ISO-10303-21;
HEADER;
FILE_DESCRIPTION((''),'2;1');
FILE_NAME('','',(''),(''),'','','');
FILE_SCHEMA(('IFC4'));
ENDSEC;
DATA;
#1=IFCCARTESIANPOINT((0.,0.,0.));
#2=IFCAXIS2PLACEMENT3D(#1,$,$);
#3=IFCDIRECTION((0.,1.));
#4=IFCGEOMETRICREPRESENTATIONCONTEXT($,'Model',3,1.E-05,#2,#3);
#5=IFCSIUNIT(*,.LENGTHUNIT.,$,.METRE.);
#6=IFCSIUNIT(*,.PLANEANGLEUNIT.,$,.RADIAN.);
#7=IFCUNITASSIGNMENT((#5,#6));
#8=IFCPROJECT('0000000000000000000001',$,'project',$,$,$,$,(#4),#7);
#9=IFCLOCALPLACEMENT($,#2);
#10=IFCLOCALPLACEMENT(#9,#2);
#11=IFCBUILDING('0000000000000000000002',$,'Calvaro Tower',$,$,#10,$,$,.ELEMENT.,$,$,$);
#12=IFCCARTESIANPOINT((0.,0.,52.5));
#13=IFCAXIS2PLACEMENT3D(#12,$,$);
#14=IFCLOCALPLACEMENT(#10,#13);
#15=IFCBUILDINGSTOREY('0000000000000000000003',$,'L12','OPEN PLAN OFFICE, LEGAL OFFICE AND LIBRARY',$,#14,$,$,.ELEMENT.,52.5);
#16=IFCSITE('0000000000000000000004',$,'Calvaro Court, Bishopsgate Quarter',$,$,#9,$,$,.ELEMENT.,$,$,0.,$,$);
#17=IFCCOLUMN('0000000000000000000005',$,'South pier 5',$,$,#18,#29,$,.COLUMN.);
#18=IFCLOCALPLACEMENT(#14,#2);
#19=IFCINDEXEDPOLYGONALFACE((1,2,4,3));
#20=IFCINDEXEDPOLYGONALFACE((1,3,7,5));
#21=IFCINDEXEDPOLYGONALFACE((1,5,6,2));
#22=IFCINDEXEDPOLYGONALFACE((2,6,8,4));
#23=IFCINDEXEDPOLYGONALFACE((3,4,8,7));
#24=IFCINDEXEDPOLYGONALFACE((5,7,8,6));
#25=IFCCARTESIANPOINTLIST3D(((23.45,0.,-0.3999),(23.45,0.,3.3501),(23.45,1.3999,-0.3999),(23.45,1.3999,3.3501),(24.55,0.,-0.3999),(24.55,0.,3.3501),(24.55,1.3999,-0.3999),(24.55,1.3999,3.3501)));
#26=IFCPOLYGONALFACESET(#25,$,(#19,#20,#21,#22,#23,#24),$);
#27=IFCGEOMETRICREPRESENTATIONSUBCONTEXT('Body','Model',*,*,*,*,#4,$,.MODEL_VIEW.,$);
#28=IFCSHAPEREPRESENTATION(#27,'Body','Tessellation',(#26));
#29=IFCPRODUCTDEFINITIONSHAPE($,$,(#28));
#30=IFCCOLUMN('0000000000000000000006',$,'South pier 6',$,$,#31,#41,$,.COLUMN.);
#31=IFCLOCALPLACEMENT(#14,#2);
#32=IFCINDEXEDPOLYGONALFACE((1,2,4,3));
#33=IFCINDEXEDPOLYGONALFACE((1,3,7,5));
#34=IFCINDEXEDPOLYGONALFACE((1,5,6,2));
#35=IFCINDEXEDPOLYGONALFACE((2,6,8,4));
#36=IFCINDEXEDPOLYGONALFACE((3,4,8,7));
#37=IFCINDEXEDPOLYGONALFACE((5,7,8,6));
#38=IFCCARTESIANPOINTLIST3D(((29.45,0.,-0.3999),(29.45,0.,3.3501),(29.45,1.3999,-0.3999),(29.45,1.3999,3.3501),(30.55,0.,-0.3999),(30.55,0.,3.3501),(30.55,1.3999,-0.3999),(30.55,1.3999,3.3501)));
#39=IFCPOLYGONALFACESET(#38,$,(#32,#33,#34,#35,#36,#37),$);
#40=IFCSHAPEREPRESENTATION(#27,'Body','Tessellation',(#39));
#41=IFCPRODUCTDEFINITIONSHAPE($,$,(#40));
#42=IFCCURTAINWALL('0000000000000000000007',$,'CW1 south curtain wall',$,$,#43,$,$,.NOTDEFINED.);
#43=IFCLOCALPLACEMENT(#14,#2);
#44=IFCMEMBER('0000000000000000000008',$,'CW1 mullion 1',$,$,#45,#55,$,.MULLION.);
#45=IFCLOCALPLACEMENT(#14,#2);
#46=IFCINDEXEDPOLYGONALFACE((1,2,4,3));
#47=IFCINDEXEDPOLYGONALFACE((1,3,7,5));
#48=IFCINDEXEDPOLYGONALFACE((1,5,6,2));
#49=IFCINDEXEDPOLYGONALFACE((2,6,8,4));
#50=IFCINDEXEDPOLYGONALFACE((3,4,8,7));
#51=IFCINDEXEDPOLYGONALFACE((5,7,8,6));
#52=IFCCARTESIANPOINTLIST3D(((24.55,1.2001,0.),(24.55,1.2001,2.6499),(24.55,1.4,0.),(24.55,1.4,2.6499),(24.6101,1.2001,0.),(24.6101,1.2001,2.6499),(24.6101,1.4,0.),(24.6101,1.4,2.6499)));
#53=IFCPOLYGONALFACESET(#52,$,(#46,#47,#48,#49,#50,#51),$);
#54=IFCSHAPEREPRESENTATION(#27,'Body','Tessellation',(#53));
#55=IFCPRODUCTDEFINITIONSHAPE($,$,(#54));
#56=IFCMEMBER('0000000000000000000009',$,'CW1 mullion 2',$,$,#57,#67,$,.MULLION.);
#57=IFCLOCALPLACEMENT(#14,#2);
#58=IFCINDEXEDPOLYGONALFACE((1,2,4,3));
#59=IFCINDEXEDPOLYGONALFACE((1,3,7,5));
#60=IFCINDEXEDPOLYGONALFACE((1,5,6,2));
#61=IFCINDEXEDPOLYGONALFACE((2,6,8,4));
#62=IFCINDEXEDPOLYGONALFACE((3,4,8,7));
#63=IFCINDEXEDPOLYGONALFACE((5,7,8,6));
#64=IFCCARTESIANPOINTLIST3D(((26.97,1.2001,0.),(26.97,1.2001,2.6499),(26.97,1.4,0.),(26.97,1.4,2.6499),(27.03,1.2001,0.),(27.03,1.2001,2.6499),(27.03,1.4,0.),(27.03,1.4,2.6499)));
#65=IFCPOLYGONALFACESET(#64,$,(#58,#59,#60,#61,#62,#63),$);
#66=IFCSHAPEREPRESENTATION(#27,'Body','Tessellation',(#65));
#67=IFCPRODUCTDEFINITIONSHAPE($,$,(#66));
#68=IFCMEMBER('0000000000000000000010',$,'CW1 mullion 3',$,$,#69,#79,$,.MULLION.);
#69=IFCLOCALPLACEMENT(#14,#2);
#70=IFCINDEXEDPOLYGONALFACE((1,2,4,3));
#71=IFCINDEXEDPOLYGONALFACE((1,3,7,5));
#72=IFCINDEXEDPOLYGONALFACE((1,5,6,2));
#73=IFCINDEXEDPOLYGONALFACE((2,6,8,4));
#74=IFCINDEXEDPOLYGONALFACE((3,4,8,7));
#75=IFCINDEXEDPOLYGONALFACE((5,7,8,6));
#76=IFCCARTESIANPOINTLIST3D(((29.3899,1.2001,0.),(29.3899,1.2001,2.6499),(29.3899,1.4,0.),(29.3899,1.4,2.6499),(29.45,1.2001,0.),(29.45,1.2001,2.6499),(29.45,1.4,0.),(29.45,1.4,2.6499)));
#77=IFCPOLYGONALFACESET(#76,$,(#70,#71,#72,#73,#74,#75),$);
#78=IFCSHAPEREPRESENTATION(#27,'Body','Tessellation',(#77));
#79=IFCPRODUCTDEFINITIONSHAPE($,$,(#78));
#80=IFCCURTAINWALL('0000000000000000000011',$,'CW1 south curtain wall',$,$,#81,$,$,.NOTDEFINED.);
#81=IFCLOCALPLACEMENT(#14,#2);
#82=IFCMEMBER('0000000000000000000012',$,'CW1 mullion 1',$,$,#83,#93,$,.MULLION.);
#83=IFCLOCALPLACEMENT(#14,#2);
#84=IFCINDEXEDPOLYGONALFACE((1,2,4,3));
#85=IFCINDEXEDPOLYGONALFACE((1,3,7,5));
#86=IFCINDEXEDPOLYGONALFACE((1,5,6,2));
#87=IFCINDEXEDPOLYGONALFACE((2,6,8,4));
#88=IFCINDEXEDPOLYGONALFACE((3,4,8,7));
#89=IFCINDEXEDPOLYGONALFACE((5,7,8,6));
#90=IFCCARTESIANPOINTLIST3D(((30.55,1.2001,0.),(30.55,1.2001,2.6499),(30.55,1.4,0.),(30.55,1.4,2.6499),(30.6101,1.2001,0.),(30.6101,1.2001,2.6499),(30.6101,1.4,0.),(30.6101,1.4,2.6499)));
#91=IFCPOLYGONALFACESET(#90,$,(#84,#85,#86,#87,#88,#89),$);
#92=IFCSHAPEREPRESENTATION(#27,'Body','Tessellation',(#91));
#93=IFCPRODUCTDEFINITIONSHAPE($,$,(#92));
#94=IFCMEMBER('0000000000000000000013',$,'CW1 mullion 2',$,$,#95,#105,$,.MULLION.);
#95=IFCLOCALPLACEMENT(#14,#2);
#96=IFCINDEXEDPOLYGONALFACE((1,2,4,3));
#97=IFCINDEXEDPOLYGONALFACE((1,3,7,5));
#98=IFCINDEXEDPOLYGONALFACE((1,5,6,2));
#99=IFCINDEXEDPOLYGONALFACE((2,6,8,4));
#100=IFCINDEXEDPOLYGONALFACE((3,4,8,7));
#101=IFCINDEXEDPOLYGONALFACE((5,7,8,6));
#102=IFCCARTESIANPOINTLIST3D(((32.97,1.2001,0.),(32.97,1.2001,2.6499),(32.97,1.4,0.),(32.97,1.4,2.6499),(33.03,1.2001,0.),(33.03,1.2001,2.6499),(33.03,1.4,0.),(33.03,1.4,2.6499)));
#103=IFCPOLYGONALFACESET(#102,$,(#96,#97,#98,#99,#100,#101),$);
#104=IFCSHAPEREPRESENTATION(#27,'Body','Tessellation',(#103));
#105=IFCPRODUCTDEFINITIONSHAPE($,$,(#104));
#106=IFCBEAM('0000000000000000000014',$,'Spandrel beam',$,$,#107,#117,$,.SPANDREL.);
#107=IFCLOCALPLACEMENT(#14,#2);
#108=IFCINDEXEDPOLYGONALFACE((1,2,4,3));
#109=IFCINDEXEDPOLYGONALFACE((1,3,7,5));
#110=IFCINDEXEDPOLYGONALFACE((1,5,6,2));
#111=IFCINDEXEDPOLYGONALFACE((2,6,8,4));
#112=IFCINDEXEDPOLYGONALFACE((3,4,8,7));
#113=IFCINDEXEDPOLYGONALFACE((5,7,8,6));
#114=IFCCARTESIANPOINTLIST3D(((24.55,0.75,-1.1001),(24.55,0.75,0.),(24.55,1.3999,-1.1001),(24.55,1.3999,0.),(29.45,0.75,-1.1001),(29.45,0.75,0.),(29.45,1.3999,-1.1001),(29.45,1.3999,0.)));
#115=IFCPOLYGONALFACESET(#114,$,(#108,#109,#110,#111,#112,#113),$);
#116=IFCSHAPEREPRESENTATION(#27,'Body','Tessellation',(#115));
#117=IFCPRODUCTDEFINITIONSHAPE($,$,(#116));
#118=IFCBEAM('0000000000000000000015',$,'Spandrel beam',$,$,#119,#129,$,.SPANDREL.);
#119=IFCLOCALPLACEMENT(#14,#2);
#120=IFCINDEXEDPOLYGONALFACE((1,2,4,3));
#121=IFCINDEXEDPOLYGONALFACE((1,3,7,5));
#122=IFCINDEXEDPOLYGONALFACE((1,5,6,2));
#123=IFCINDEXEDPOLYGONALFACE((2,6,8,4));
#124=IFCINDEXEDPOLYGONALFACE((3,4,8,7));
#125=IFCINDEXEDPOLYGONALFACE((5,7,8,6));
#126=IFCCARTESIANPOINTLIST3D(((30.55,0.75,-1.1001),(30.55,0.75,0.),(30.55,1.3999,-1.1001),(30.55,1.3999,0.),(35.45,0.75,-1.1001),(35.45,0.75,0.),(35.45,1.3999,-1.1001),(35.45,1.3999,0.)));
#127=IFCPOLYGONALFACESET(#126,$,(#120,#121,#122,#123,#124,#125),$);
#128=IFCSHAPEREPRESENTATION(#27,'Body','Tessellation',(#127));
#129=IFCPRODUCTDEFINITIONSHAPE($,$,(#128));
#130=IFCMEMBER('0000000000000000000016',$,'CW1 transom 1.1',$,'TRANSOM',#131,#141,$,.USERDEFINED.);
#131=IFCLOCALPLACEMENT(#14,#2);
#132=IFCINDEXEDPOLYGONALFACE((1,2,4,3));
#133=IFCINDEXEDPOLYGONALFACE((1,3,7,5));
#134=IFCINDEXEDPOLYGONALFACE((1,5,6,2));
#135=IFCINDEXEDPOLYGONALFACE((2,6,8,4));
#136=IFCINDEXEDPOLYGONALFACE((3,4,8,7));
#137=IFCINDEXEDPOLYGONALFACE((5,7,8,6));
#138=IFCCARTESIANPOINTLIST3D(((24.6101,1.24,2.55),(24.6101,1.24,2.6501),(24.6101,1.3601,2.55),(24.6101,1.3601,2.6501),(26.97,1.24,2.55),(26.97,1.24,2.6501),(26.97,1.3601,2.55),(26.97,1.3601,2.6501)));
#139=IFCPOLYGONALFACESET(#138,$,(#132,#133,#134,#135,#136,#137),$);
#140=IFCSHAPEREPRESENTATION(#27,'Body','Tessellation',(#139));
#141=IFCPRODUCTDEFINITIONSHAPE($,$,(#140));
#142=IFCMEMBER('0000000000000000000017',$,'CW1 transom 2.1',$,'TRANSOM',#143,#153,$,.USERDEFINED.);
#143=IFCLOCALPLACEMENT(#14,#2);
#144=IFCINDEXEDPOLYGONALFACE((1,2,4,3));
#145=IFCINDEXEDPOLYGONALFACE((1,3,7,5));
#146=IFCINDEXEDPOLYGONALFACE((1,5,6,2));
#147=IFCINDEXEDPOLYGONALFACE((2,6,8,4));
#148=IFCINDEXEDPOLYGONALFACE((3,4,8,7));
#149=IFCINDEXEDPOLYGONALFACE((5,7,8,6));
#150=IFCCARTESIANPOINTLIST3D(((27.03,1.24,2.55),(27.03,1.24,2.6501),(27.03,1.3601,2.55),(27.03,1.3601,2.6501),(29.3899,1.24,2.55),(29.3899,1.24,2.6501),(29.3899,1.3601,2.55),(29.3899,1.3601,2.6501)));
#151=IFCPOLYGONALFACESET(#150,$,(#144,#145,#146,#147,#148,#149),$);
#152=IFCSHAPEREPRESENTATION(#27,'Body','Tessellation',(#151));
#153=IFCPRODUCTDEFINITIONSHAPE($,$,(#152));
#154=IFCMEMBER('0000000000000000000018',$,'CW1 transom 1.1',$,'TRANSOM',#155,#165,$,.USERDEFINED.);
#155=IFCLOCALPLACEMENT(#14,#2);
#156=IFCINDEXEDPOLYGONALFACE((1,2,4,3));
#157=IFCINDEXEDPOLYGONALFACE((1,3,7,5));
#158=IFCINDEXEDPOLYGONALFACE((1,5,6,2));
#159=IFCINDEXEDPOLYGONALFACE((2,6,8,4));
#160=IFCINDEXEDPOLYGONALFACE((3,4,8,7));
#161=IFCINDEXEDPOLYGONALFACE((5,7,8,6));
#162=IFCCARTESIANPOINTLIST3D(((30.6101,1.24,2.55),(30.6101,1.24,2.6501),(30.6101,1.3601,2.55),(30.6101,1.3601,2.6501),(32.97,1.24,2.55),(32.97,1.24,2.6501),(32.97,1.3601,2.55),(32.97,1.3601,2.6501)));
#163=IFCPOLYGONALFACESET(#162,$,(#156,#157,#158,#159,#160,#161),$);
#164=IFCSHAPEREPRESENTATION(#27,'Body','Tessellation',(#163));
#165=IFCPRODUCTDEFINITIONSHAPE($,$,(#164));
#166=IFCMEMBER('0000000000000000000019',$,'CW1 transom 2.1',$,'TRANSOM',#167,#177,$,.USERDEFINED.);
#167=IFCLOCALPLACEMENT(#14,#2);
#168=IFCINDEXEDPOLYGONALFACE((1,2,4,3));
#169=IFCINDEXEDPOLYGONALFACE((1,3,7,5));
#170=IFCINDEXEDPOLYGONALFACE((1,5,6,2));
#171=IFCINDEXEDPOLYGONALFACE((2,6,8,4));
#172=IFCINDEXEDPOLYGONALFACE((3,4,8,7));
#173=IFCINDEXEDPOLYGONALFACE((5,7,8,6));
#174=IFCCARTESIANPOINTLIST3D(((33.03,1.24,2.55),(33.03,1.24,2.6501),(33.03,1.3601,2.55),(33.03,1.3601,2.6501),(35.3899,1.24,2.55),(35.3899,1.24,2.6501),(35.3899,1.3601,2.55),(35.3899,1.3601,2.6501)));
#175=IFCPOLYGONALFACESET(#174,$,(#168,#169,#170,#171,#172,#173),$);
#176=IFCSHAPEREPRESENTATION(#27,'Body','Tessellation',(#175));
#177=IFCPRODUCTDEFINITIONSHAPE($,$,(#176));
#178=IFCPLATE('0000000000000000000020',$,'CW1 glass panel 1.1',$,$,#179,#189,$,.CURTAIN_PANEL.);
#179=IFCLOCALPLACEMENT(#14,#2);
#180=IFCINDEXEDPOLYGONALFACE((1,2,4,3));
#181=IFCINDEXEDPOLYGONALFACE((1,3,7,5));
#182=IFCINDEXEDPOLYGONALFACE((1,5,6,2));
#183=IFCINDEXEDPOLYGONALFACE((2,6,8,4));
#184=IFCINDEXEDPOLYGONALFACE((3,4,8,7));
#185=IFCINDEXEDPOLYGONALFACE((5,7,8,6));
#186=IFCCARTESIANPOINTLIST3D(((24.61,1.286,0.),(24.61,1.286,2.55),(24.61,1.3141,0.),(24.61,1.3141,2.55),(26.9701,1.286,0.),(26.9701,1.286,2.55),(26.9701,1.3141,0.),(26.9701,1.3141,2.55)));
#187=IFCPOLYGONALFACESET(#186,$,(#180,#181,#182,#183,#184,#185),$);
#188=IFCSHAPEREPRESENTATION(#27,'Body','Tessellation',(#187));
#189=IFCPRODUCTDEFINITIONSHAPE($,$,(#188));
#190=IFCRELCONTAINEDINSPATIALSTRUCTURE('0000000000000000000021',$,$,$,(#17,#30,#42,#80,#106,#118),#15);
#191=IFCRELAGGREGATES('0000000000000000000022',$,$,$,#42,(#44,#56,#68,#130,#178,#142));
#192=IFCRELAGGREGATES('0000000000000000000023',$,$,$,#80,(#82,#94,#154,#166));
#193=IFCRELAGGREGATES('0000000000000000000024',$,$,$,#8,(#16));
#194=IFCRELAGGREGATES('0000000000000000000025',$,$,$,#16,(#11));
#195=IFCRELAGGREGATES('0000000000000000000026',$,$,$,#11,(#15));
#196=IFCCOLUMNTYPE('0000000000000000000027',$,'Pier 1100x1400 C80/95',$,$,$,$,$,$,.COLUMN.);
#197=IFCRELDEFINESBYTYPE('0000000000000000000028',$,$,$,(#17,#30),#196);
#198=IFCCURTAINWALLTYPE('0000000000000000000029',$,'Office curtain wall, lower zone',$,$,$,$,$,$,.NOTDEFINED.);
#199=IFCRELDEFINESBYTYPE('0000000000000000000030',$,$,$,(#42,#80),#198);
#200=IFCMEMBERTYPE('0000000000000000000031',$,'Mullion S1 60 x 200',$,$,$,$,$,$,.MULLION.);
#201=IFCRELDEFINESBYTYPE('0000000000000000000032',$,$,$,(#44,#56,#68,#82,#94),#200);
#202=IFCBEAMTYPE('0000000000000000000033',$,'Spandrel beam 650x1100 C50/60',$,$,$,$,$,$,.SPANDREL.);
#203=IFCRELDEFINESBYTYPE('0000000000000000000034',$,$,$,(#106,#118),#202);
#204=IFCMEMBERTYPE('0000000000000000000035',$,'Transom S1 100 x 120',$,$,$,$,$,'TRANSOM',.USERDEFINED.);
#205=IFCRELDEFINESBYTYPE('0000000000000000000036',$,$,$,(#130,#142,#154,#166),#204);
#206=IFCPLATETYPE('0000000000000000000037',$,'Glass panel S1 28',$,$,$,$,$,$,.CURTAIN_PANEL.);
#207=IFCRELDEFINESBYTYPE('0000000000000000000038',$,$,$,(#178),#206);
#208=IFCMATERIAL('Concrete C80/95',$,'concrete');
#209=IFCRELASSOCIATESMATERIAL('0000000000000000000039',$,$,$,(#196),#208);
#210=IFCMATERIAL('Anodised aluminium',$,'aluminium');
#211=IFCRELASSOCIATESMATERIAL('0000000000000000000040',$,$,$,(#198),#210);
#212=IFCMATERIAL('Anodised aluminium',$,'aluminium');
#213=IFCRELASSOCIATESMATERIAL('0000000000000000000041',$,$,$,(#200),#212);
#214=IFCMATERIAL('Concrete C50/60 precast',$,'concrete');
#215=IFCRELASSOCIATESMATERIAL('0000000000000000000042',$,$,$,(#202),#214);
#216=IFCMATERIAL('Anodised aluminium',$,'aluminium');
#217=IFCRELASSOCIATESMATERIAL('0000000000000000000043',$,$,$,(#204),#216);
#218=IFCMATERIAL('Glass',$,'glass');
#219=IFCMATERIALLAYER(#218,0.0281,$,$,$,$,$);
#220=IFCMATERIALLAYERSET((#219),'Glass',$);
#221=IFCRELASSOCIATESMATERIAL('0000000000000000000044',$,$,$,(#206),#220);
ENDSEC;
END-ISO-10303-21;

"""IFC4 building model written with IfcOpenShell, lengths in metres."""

from ifc_helpers import new_model, si_unit, direction, frame, origin, origin_2d, place, context, subcontext, project, spatial, rectangle, extrude, material, layer, layer_set, material_profile, profile_set, type_object, element, aggregate, save


model = new_model("IFC4")

# Units and contexts
model_context = context("Model", 3, precision=1e-05, world=origin(), true_north=direction((0.0, 1.0)))
body_context = subcontext(model_context, "Body", "Model", "MODEL_VIEW")
ifc_project = project(units=[si_unit("LENGTHUNIT", "METRE"), si_unit("PLANEANGLEUNIT", "RADIAN")], contexts=[model_context])

# Site, building, storey
site_placement = place(None, origin())
site = spatial("IfcSite", under=ifc_project, at=site_placement, Name="Calvaro Court, Bishopsgate Quarter", CompositionType="ELEMENT", RefElevation=0.0)
building_placement = place(site_placement, origin())
building = spatial("IfcBuilding", under=site, at=building_placement, Name="Calvaro Tower", CompositionType="ELEMENT")
storey_placement = place(building_placement, frame((0.0, 0.0, 52.5)))
storey = spatial("IfcBuildingStorey", under=building, at=storey_placement, Name="L12", Description="OPEN PLAN OFFICE, LEGAL OFFICE AND LIBRARY", CompositionType="ELEMENT", Elevation=52.5)

# Columns
ifc_material_1 = material(Name="Concrete C80/95", Category="concrete")
ifc_material_profile_1 = material_profile(ifc_material_1, rectangle(XDim=1.1001, YDim=1.3999, at=origin_2d()), Name="RC 1100x1400")
ifc_profile_set_1 = profile_set([ifc_material_profile_1], Name="Concrete C80/95")
column_type = type_object("IfcColumnType", Name="Pier 1100x1400 C80/95", PredefinedType="COLUMN", material=ifc_profile_set_1)
for number, where, z_axis, x_axis, name in (
    (1, (24.0, 0.7, -0.3999), (0.0, 0.0, 1.0), (1.0, 0.0, 0.0), "South pier 5"),
    (2, (30.0, 0.7, -0.3999), (0.0, 0.0, 1.0), (1.0, 0.0, 0.0), "South pier 6"),
):
    element("IfcColumn", number, at=place(storey_placement, frame(where, z_axis=z_axis, x_axis=x_axis)), inside=storey, type_object=column_type, Name=name, PredefinedType="COLUMN", context=body_context, shape_type="SweptSolid", body=[
        extrude(rectangle(XDim=1.1001, YDim=1.3999, at=origin_2d()), origin(), (0.0, 0.0, 1.0), 3.75),
    ])

# Curtain walls, members
ifc_material_2 = material(Name="Anodised aluminium", Category="aluminium")
curtain_wall_type = type_object("IfcCurtainWallType", Name="Office curtain wall, lower zone", PredefinedType="NOTDEFINED", material=ifc_material_2)
curtain_wall_1_placement = place(storey_placement, origin())
curtain_wall_1 = element("IfcCurtainWall", 3, at=curtain_wall_1_placement, inside=storey, type_object=curtain_wall_type, Name="CW1 south curtain wall", PredefinedType="NOTDEFINED")
ifc_material_3 = material(Name="Anodised aluminium", Category="aluminium")
ifc_material_profile_2 = material_profile(ifc_material_3, rectangle(XDim=0.2, YDim=0.0601, at=origin_2d()), Name="Mullion S1 60 x 200")
ifc_profile_set_2 = profile_set([ifc_material_profile_2], Name="Anodised aluminium")
member_type_1 = type_object("IfcMemberType", Name="Mullion S1 60 x 200", PredefinedType="MULLION", material=ifc_profile_set_2)
member_1_placement = place(storey_placement, frame((24.5801, 1.3, 0.0), z_axis=(0.0, 0.0, 1.0), x_axis=(0.0, 1.0, 0.0)))
member_1 = element("IfcMember", 4, at=member_1_placement, type_object=member_type_1, Name="CW1 mullion 1", PredefinedType="MULLION", context=body_context, shape_type="SweptSolid", body=[
    extrude(rectangle(XDim=0.2, YDim=0.0601, at=origin_2d()), origin(), (0.0, 0.0, 1.0), 2.6499),
])
member_2_placement = place(storey_placement, frame((27.0, 1.3, 0.0), z_axis=(0.0, 0.0, 1.0), x_axis=(0.0, 1.0, 0.0)))
member_2 = element("IfcMember", 5, at=member_2_placement, type_object=member_type_1, Name="CW1 mullion 2", PredefinedType="MULLION", context=body_context, shape_type="SweptSolid", body=[
    extrude(rectangle(XDim=0.2, YDim=0.0601, at=origin_2d()), origin(), (0.0, 0.0, 1.0), 2.6499),
])
member_3_placement = place(storey_placement, frame((29.4199, 1.3, 0.0), z_axis=(0.0, 0.0, 1.0), x_axis=(0.0, 1.0, 0.0)))
member_3 = element("IfcMember", 6, at=member_3_placement, type_object=member_type_1, Name="CW1 mullion 3", PredefinedType="MULLION", context=body_context, shape_type="SweptSolid", body=[
    extrude(rectangle(XDim=0.2, YDim=0.0601, at=origin_2d()), origin(), (0.0, 0.0, 1.0), 2.6499),
])
curtain_wall_2_placement = place(storey_placement, origin())
curtain_wall_2 = element("IfcCurtainWall", 7, at=curtain_wall_2_placement, inside=storey, type_object=curtain_wall_type, Name="CW1 south curtain wall", PredefinedType="NOTDEFINED")
member_4_placement = place(storey_placement, frame((30.5801, 1.3, 0.0), z_axis=(0.0, 0.0, 1.0), x_axis=(0.0, 1.0, 0.0)))
member_4 = element("IfcMember", 8, at=member_4_placement, type_object=member_type_1, Name="CW1 mullion 1", PredefinedType="MULLION", context=body_context, shape_type="SweptSolid", body=[
    extrude(rectangle(XDim=0.2, YDim=0.0601, at=origin_2d()), origin(), (0.0, 0.0, 1.0), 2.6499),
])
member_5_placement = place(storey_placement, frame((33.0, 1.3, 0.0), z_axis=(0.0, 0.0, 1.0), x_axis=(0.0, 1.0, 0.0)))
member_5 = element("IfcMember", 9, at=member_5_placement, type_object=member_type_1, Name="CW1 mullion 2", PredefinedType="MULLION", context=body_context, shape_type="SweptSolid", body=[
    extrude(rectangle(XDim=0.2, YDim=0.0601, at=origin_2d()), origin(), (0.0, 0.0, 1.0), 2.6499),
])

# Beams
ifc_material_4 = material(Name="Concrete C50/60 precast", Category="concrete")
ifc_material_profile_3 = material_profile(ifc_material_4, rectangle(XDim=0.6499, YDim=1.1001, at=origin_2d()), Name="RC 650x1100")
ifc_profile_set_3 = profile_set([ifc_material_profile_3], Name="Concrete C50/60 precast")
beam_type = type_object("IfcBeamType", Name="Spandrel beam 650x1100 C50/60", PredefinedType="SPANDREL", material=ifc_profile_set_3)
for number, where, z_axis, x_axis, name in (
    (10, (24.55, 1.075, -0.55), (1.0, 0.0, 0.0), (0.0, 1.0, 0.0), "Spandrel beam"),
    (11, (30.55, 1.075, -0.55), (1.0, 0.0, 0.0), (0.0, 1.0, 0.0), "Spandrel beam"),
):
    element("IfcBeam", number, at=place(storey_placement, frame(where, z_axis=z_axis, x_axis=x_axis)), inside=storey, type_object=beam_type, Name=name, PredefinedType="SPANDREL", context=body_context, shape_type="SweptSolid", body=[
        extrude(rectangle(XDim=0.6499, YDim=1.1001, at=origin_2d()), origin(), (0.0, 0.0, 1.0), 4.8999),
    ])

# Members
ifc_material_5 = material(Name="Anodised aluminium", Category="aluminium")
ifc_material_profile_4 = material_profile(ifc_material_5, rectangle(XDim=0.1201, YDim=0.1001, at=origin_2d()), Name="Transom S1 100 x 120")
ifc_profile_set_4 = profile_set([ifc_material_profile_4], Name="Anodised aluminium")
member_type_2 = type_object("IfcMemberType", Name="Transom S1 100 x 120", ElementType="TRANSOM", PredefinedType="USERDEFINED", material=ifc_profile_set_4)
member_6_placement = place(storey_placement, frame((24.6101, 1.3, 2.6001), z_axis=(1.0, 0.0, 0.0), x_axis=(0.0, 1.0, 0.0)))
member_6 = element("IfcMember", 12, at=member_6_placement, type_object=member_type_2, Name="CW1 transom 1.1", ObjectType="TRANSOM", PredefinedType="USERDEFINED", context=body_context, shape_type="SweptSolid", body=[
    extrude(rectangle(XDim=0.1201, YDim=0.1001, at=origin_2d()), origin(), (0.0, 0.0, 1.0), 2.3599),
])
member_7_placement = place(storey_placement, frame((27.03, 1.3, 2.6001), z_axis=(1.0, 0.0, 0.0), x_axis=(0.0, 1.0, 0.0)))
member_7 = element("IfcMember", 13, at=member_7_placement, type_object=member_type_2, Name="CW1 transom 2.1", ObjectType="TRANSOM", PredefinedType="USERDEFINED", context=body_context, shape_type="SweptSolid", body=[
    extrude(rectangle(XDim=0.1201, YDim=0.1001, at=origin_2d()), origin(), (0.0, 0.0, 1.0), 2.3599),
])
member_8_placement = place(storey_placement, frame((30.6101, 1.3, 2.6001), z_axis=(1.0, 0.0, 0.0), x_axis=(0.0, 1.0, 0.0)))
member_8 = element("IfcMember", 14, at=member_8_placement, type_object=member_type_2, Name="CW1 transom 1.1", ObjectType="TRANSOM", PredefinedType="USERDEFINED", context=body_context, shape_type="SweptSolid", body=[
    extrude(rectangle(XDim=0.1201, YDim=0.1001, at=origin_2d()), origin(), (0.0, 0.0, 1.0), 2.3599),
])
member_9_placement = place(storey_placement, frame((33.03, 1.3, 2.6001), z_axis=(1.0, 0.0, 0.0), x_axis=(0.0, 1.0, 0.0)))
member_9 = element("IfcMember", 15, at=member_9_placement, type_object=member_type_2, Name="CW1 transom 2.1", ObjectType="TRANSOM", PredefinedType="USERDEFINED", context=body_context, shape_type="SweptSolid", body=[
    extrude(rectangle(XDim=0.1201, YDim=0.1001, at=origin_2d()), origin(), (0.0, 0.0, 1.0), 2.3599),
])

# Plate
ifc_material_6 = material(Name="Glass", Category="glass")
ifc_layer = layer(ifc_material_6, 0.0281)
ifc_layer_set = layer_set([ifc_layer], Name="Glass")
plate_type = type_object("IfcPlateType", Name="Glass panel S1 28", PredefinedType="CURTAIN_PANEL", material=ifc_layer_set)
plate_1_placement = place(storey_placement, frame((25.79, 1.3, 0.0), z_axis=(0.0, 0.0, 1.0), x_axis=(1.0, 0.0, 0.0)))
plate_1 = element("IfcPlate", 16, at=plate_1_placement, type_object=plate_type, Name="CW1 glass panel 1.1", PredefinedType="CURTAIN_PANEL", context=body_context, shape_type="SweptSolid", body=[
    extrude(rectangle(XDim=2.3601, YDim=0.0281, at=origin_2d()), origin(), (0.0, 0.0, 1.0), 2.55),
])
aggregate(curtain_wall_1, [member_1, member_2, member_3, member_6, plate_1, member_7])
aggregate(curtain_wall_2, [member_4, member_5, member_8, member_9])

save(model, "model.ifc")
